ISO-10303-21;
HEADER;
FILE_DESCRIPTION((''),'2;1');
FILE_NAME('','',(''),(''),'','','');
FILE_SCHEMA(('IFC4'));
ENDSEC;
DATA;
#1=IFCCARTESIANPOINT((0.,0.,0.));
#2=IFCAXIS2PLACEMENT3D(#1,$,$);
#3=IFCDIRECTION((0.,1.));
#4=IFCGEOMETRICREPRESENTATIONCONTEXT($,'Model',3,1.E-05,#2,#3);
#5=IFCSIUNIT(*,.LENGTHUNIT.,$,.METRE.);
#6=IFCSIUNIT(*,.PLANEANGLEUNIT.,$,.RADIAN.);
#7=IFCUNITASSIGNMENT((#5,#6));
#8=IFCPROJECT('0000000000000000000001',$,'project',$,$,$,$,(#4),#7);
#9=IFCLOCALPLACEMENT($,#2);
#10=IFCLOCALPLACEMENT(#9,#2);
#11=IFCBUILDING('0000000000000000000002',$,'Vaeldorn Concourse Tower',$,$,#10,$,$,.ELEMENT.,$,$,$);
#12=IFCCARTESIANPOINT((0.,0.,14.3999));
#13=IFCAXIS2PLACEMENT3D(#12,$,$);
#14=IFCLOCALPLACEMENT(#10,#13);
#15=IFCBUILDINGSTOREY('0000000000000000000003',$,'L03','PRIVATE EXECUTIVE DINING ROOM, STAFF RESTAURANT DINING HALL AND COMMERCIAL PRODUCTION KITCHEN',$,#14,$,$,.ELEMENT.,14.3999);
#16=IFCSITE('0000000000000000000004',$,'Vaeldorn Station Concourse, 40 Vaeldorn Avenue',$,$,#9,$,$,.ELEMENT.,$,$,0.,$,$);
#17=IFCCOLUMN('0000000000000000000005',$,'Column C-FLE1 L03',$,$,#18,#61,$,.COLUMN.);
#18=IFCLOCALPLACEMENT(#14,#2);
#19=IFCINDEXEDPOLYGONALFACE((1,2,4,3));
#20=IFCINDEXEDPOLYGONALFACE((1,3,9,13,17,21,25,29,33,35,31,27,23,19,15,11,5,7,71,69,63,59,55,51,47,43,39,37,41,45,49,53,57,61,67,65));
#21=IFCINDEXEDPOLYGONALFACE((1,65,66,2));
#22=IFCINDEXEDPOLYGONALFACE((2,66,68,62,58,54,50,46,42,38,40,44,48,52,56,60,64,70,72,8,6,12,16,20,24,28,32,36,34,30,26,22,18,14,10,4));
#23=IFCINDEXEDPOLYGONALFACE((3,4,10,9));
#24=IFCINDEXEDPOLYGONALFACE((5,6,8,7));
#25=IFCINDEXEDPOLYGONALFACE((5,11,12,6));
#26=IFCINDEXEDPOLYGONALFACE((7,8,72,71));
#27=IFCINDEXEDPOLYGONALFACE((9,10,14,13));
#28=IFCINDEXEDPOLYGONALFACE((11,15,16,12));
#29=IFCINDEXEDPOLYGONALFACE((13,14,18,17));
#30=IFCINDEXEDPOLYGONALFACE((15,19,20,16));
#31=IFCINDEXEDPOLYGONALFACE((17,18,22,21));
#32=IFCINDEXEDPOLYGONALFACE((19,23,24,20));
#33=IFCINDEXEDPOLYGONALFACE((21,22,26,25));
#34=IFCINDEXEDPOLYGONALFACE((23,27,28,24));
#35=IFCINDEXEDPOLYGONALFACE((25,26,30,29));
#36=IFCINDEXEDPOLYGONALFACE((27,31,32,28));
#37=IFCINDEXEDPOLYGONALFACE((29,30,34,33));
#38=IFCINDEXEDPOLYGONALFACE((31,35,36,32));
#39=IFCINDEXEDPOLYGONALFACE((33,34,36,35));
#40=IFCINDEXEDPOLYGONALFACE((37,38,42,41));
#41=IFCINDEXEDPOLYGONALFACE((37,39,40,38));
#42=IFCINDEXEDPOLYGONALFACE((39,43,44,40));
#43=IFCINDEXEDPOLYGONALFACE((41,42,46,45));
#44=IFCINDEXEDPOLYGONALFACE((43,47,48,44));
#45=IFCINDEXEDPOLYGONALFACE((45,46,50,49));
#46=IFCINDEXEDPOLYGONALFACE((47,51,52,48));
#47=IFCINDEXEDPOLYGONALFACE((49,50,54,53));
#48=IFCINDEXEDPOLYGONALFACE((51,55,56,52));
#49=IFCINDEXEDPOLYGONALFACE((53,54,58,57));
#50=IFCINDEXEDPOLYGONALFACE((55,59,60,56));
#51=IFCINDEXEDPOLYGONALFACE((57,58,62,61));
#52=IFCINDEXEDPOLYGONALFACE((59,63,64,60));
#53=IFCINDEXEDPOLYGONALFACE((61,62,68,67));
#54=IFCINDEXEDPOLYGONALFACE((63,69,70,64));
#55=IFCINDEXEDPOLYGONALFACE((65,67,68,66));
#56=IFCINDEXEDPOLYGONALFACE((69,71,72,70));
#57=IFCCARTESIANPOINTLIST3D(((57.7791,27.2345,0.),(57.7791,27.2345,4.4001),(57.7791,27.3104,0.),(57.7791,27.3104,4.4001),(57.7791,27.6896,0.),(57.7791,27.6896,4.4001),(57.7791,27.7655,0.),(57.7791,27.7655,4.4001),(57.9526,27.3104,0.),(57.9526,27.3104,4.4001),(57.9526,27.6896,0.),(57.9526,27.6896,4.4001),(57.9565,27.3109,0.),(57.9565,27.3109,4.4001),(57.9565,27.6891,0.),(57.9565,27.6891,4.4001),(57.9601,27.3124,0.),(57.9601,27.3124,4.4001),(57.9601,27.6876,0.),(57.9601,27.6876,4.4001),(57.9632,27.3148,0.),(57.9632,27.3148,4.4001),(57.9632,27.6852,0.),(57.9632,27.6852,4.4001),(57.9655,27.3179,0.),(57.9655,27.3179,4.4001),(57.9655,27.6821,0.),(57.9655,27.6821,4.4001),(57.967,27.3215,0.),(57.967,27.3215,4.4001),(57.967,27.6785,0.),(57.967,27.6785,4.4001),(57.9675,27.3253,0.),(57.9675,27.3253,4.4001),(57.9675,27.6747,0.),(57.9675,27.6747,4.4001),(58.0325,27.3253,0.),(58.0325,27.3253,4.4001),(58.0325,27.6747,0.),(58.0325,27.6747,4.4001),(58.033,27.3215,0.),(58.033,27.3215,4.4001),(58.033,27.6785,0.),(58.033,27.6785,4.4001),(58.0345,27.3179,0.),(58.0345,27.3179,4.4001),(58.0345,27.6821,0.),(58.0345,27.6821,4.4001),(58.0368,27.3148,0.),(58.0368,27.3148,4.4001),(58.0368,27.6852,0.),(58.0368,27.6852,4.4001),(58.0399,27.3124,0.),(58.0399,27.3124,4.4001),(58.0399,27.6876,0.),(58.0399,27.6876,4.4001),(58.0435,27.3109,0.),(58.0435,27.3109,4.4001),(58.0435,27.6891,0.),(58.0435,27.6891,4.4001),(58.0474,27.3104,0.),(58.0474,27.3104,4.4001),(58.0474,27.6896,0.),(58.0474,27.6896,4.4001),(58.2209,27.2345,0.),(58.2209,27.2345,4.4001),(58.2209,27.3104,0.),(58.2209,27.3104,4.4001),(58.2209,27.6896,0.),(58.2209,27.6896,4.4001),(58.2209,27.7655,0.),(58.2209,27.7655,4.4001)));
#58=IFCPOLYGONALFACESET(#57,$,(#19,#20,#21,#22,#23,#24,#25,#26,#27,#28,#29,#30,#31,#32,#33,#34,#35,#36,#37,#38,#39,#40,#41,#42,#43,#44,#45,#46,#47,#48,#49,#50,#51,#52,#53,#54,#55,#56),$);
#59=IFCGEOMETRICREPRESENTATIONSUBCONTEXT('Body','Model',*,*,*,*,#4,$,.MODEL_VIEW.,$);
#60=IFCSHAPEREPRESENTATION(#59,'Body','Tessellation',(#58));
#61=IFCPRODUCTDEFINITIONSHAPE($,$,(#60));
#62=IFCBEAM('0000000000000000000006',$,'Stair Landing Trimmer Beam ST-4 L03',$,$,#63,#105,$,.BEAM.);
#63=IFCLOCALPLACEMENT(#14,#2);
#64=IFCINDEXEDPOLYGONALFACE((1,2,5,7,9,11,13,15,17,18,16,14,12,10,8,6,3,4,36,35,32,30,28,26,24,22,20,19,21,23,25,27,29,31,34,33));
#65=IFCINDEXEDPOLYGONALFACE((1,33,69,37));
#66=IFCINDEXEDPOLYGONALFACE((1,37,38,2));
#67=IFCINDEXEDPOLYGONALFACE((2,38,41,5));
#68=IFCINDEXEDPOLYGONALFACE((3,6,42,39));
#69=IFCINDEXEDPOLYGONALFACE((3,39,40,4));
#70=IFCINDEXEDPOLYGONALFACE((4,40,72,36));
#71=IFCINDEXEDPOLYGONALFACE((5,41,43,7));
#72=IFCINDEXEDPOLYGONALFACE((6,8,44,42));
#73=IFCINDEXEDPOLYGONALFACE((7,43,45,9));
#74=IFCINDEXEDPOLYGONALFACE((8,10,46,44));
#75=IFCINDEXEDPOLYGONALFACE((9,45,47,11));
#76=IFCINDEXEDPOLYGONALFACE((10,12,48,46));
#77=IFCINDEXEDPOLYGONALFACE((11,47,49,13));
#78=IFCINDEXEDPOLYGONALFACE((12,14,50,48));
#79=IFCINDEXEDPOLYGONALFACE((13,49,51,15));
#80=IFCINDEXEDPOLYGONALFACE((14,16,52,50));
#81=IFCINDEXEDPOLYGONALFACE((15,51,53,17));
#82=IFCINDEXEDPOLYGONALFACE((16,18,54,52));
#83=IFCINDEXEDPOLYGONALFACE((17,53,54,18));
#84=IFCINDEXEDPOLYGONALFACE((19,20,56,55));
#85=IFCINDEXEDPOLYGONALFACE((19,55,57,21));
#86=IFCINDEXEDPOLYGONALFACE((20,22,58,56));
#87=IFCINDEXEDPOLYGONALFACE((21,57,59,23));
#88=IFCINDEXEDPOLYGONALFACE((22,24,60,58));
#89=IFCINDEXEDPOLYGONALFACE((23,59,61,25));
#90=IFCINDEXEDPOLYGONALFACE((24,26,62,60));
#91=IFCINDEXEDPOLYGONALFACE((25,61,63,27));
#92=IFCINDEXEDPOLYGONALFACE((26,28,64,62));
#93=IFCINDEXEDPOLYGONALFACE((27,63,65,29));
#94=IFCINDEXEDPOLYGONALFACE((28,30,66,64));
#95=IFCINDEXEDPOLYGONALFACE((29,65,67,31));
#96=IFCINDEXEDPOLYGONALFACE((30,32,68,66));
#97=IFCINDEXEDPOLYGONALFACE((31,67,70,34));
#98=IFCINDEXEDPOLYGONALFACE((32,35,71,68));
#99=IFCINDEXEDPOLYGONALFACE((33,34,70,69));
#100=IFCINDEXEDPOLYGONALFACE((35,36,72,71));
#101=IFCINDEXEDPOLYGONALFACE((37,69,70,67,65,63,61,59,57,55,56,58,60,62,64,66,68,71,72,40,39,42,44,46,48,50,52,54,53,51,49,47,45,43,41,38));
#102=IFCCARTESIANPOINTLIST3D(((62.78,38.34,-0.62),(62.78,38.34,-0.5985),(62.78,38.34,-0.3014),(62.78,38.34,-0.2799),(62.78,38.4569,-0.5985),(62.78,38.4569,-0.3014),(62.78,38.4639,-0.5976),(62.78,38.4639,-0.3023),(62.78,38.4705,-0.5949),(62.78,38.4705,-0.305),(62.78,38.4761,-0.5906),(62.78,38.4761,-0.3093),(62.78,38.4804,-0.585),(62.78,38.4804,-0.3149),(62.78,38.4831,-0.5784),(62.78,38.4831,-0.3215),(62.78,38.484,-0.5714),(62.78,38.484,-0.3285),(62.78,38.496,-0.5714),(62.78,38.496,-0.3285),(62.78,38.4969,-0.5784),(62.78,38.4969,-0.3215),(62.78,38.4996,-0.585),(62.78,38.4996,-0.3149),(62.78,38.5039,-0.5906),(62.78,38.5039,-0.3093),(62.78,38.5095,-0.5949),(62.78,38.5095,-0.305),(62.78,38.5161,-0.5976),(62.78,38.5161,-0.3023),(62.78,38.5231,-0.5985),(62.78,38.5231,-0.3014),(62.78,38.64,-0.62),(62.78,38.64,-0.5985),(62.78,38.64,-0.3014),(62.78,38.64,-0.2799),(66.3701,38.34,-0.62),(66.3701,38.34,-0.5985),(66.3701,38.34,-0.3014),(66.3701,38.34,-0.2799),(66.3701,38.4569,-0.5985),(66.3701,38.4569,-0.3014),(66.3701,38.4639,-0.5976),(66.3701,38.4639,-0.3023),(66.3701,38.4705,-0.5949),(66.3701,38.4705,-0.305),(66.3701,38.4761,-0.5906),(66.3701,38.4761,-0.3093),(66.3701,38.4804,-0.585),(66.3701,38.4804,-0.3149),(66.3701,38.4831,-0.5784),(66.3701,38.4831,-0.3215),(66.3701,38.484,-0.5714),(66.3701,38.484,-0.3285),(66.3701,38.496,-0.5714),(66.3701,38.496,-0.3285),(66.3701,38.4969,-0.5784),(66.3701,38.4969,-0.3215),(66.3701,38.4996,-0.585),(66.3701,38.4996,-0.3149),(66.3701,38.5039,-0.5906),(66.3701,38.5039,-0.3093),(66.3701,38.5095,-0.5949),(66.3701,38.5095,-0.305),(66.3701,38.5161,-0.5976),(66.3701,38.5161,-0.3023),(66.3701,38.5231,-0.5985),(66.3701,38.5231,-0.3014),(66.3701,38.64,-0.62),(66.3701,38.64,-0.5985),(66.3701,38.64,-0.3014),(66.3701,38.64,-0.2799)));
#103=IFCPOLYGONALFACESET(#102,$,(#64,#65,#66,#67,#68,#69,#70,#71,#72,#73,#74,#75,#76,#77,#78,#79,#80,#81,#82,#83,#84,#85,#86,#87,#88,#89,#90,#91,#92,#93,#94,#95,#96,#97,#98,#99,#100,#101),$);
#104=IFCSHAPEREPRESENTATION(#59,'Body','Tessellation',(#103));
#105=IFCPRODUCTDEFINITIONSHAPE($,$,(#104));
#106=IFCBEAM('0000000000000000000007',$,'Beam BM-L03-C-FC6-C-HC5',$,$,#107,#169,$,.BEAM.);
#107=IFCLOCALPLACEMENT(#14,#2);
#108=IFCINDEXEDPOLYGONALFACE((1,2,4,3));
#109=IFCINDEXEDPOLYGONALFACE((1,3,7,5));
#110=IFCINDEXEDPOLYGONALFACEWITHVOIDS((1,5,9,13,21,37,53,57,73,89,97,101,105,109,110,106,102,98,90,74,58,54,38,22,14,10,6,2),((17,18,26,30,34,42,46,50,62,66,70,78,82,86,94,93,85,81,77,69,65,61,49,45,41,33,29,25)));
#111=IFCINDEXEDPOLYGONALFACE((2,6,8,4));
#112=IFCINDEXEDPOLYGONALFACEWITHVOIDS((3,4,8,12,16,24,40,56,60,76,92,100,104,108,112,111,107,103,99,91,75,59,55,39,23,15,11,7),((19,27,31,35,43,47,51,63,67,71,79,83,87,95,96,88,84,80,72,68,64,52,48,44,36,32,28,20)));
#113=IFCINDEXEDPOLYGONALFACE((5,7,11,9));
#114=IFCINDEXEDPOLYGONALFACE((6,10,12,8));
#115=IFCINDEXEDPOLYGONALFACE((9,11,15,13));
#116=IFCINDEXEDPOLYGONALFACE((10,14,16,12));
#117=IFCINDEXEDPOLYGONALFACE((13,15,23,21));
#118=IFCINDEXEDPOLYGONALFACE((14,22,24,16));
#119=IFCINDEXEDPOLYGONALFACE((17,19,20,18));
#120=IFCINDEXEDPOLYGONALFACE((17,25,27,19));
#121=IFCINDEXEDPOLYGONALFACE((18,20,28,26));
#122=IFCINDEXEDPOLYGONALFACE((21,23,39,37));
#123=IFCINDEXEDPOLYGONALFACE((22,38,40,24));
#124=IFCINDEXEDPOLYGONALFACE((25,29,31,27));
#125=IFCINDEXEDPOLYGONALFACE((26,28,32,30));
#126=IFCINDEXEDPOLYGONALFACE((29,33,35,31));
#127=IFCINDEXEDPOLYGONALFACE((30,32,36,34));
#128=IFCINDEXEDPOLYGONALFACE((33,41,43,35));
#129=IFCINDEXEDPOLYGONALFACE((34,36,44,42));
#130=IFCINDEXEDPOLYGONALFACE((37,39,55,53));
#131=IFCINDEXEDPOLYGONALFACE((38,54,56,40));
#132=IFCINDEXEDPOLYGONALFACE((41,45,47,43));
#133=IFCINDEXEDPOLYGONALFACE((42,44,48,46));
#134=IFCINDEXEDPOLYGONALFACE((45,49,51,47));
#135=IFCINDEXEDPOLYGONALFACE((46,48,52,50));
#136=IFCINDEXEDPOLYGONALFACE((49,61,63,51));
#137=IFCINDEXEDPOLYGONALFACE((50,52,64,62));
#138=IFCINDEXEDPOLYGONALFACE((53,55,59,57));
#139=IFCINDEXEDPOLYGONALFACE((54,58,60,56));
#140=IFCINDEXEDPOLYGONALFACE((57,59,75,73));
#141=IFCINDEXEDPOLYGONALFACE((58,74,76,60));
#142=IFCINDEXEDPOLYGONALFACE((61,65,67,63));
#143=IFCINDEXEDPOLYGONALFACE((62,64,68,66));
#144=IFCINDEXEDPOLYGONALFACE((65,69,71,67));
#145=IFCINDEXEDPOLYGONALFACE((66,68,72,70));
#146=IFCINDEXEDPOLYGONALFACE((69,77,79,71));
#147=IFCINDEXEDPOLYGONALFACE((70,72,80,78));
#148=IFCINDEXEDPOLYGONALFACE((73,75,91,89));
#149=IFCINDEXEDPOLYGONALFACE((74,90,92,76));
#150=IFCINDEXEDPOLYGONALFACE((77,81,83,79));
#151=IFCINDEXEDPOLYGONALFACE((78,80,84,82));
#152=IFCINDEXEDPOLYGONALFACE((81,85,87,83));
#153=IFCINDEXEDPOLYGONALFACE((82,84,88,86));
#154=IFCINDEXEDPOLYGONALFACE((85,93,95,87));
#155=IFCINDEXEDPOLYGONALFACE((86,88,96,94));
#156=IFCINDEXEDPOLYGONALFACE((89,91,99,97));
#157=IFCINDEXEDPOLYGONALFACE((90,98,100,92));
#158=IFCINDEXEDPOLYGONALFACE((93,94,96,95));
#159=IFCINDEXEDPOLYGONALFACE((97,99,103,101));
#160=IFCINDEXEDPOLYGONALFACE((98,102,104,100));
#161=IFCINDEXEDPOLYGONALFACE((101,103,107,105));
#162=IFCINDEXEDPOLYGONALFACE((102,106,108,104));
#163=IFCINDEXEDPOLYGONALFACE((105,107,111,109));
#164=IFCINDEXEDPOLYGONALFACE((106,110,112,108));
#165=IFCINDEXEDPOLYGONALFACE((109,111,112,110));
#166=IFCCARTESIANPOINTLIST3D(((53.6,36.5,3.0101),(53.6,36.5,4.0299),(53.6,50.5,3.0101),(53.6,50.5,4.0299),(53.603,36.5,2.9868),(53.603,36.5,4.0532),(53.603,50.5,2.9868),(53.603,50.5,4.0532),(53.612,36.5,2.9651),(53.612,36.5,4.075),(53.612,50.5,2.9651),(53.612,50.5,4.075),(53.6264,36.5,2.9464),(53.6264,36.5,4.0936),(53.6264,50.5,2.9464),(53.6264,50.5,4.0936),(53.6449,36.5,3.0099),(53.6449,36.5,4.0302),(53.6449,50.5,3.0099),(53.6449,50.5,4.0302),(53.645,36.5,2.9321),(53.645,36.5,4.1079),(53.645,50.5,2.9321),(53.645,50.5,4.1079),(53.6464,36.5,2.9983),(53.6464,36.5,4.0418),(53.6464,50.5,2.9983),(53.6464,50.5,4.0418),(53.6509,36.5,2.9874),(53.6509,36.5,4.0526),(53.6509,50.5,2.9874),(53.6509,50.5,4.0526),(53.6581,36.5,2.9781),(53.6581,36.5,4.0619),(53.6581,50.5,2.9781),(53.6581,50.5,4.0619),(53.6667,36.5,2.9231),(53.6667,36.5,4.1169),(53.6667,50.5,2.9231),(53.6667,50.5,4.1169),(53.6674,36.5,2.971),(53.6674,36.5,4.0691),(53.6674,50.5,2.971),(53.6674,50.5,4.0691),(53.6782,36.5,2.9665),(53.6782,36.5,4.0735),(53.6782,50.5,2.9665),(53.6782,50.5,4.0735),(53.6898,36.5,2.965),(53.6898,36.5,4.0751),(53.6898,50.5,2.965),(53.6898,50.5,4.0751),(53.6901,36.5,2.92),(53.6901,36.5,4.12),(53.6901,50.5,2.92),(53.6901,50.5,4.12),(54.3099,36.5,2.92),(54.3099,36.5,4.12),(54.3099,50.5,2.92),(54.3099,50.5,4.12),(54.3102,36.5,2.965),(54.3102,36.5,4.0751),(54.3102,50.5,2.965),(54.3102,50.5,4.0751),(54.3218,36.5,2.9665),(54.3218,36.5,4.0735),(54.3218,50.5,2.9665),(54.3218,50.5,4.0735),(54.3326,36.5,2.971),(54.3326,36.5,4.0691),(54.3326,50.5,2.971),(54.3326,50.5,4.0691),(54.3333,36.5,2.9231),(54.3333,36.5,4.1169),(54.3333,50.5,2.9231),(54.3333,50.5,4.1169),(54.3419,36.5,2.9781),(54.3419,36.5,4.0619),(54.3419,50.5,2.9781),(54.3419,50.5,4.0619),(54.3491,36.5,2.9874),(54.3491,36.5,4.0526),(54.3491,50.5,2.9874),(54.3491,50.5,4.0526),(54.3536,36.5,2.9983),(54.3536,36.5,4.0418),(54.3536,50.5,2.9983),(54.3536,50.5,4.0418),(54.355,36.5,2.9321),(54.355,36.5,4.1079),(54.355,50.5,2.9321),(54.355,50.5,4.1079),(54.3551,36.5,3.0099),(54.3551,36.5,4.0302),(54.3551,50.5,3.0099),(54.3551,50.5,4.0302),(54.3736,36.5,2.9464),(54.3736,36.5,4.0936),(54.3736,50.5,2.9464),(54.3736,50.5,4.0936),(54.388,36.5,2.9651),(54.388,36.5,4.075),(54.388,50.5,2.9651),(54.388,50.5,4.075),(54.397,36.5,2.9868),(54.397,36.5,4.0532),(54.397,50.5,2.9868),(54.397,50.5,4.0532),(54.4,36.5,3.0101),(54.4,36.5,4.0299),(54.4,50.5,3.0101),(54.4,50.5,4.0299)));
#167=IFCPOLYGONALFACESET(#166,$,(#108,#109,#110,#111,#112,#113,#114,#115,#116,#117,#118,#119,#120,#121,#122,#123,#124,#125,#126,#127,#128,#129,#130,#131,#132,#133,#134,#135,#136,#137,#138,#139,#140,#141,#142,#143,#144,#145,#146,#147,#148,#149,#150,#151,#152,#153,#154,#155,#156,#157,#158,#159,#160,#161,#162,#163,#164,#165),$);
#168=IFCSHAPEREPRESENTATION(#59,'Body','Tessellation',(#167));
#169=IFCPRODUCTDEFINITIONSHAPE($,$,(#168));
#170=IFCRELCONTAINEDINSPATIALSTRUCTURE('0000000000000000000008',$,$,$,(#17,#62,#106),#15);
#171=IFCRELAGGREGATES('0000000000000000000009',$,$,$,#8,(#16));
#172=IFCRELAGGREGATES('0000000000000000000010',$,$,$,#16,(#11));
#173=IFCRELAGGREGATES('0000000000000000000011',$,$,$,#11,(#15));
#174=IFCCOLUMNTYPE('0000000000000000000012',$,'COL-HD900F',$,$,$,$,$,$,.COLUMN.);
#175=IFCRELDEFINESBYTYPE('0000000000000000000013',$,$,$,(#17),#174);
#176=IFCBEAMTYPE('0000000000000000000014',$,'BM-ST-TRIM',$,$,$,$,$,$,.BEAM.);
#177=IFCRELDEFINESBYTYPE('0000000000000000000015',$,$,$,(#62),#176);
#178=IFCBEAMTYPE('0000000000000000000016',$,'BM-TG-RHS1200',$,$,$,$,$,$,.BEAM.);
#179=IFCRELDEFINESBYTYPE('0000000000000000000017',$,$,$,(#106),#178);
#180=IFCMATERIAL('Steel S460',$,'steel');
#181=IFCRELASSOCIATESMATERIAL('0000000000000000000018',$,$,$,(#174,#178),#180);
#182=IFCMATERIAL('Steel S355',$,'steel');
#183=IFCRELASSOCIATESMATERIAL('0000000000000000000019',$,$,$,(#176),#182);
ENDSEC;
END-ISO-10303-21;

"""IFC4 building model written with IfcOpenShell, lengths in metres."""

from ifc_helpers import new_model, si_unit, direction, frame, origin, origin_2d, place, context, subcontext, project, spatial, hollow_rectangle, i_section, extrude, source, transform, mapped, material, material_profile, profile_set, type_object, element, save


model = new_model("IFC4")

# Units and contexts
model_context = context("Model", 3, precision=1e-05, world=origin(), true_north=direction((0.0, 1.0)))
body_context = subcontext(model_context, "Body", "Model", "MODEL_VIEW")
ifc_project = project(units=[si_unit("LENGTHUNIT", "METRE"), si_unit("PLANEANGLEUNIT", "RADIAN")], contexts=[model_context])

# Site, building, storey
site_placement = place(None, origin())
site = spatial("IfcSite", under=ifc_project, at=site_placement, Name="Vaeldorn Station Concourse, 40 Vaeldorn Avenue", CompositionType="ELEMENT", RefElevation=0.0)
building_placement = place(site_placement, origin())
building = spatial("IfcBuilding", under=site, at=building_placement, Name="Vaeldorn Concourse Tower", CompositionType="ELEMENT")
storey_placement = place(building_placement, frame((0.0, 0.0, 14.3999)))
storey = spatial("IfcBuildingStorey", under=building, at=storey_placement, Name="L03", Description="PRIVATE EXECUTIVE DINING ROOM, STAFF RESTAURANT DINING HALL AND COMMERCIAL PRODUCTION KITCHEN", CompositionType="ELEMENT", Elevation=14.3999)

# Column
ifc_material_1 = material(Name="Steel S460", Category="steel")
ifc_material_profile_1 = material_profile(ifc_material_1, i_section(OverallWidth=0.4419, OverallDepth=0.531, WebThickness=0.0649, FlangeThickness=0.0759, FilletRadius=0.0149, at=origin_2d()), Name="HD 400x900")
ifc_profile_set_1 = profile_set([ifc_material_profile_1], Name="Steel S460")
column_type_1 = type_object("IfcColumnType", Name="COL-HD900F", PredefinedType="COLUMN", material=ifc_profile_set_1)
shared_shape_1 = source(origin(), body_context, "Body", "SweptSolid", [
    extrude(i_section(OverallWidth=0.4419, OverallDepth=0.531, WebThickness=0.0649, FlangeThickness=0.0759, FilletRadius=0.0149, at=origin_2d()), origin(), (0.0, 0.0, 1.0), 4.4001),
])
for number, where, z_axis, x_axis, name in (
    (1, (58.0, 27.5, 0.0), (0.0, 0.0, 1.0), (1.0, 0.0, 0.0), "Column C-FLE1 L03"),
):
    element("IfcColumn", number, at=place(storey_placement, frame(where, z_axis=z_axis, x_axis=x_axis)), inside=storey, type_object=column_type_1, Name=name, PredefinedType="COLUMN", context=body_context, shape_type="MappedRepresentation", body=[
        mapped(shared_shape_1, transform((0.0, 0.0, 0.0), scale=1.0)),
    ])

# Beams
ifc_material_2 = material(Name="Steel S355", Category="steel")
ifc_material_profile_2 = material_profile(ifc_material_2, i_section(OverallWidth=0.3, OverallDepth=0.3401, WebThickness=0.012, FlangeThickness=0.0215, FilletRadius=0.0271, at=origin_2d()), Name="HEB 340")
ifc_profile_set_2 = profile_set([ifc_material_profile_2], Name="Steel S355")
beam_type_1 = type_object("IfcBeamType", Name="BM-ST-TRIM", PredefinedType="BEAM", material=ifc_profile_set_2)
shared_shape_2 = source(origin(), body_context, "Body", "SweptSolid", [
    extrude(i_section(OverallWidth=0.3, OverallDepth=0.3401, WebThickness=0.012, FlangeThickness=0.0215, FilletRadius=0.0271, at=origin_2d()), origin(), (0.0, 0.0, 1.0), 3.5901),
])
beam_1_placement = place(storey_placement, frame((62.78, 38.49, -0.45), z_axis=(1.0, 0.0, 0.0), x_axis=(0.0, 1.0, 0.0)))
element("IfcBeam", 2, at=beam_1_placement, inside=storey, type_object=beam_type_1, Name="Stair Landing Trimmer Beam ST-4 L03", PredefinedType="BEAM", context=body_context, shape_type="MappedRepresentation", body=[
    mapped(shared_shape_2, transform((0.0, 0.0, 0.0), scale=1.0)),
])
ifc_material_profile_3 = material_profile(ifc_material_1, hollow_rectangle(XDim=0.8, YDim=1.2, WallThickness=0.0449, InnerFilletRadius=0.0449, OuterFilletRadius=0.0901, at=origin_2d()), Name="RHS 1200x800x45")
ifc_profile_set_3 = profile_set([ifc_material_profile_3], Name="Steel S460")
beam_type_2 = type_object("IfcBeamType", Name="BM-TG-RHS1200", PredefinedType="BEAM", material=ifc_profile_set_3)
shared_shape_3 = source(origin(), body_context, "Body", "SweptSolid", [
    extrude(hollow_rectangle(XDim=0.8, YDim=1.2, WallThickness=0.0449, InnerFilletRadius=0.0449, OuterFilletRadius=0.0901, at=origin_2d()), origin(), (0.0, 0.0, 1.0), 14.0),
])
beam_2_placement = place(storey_placement, frame((54.0, 36.5, 3.52), z_axis=(0.0, 1.0, 0.0), x_axis=(-1.0, 0.0, 0.0)))
element("IfcBeam", 3, at=beam_2_placement, inside=storey, type_object=beam_type_2, Name="Beam BM-L03-C-FC6-C-HC5", PredefinedType="BEAM", context=body_context, shape_type="MappedRepresentation", body=[
    mapped(shared_shape_3, transform((0.0, 0.0, 0.0), scale=1.0)),
])

save(model, "model.ifc")
